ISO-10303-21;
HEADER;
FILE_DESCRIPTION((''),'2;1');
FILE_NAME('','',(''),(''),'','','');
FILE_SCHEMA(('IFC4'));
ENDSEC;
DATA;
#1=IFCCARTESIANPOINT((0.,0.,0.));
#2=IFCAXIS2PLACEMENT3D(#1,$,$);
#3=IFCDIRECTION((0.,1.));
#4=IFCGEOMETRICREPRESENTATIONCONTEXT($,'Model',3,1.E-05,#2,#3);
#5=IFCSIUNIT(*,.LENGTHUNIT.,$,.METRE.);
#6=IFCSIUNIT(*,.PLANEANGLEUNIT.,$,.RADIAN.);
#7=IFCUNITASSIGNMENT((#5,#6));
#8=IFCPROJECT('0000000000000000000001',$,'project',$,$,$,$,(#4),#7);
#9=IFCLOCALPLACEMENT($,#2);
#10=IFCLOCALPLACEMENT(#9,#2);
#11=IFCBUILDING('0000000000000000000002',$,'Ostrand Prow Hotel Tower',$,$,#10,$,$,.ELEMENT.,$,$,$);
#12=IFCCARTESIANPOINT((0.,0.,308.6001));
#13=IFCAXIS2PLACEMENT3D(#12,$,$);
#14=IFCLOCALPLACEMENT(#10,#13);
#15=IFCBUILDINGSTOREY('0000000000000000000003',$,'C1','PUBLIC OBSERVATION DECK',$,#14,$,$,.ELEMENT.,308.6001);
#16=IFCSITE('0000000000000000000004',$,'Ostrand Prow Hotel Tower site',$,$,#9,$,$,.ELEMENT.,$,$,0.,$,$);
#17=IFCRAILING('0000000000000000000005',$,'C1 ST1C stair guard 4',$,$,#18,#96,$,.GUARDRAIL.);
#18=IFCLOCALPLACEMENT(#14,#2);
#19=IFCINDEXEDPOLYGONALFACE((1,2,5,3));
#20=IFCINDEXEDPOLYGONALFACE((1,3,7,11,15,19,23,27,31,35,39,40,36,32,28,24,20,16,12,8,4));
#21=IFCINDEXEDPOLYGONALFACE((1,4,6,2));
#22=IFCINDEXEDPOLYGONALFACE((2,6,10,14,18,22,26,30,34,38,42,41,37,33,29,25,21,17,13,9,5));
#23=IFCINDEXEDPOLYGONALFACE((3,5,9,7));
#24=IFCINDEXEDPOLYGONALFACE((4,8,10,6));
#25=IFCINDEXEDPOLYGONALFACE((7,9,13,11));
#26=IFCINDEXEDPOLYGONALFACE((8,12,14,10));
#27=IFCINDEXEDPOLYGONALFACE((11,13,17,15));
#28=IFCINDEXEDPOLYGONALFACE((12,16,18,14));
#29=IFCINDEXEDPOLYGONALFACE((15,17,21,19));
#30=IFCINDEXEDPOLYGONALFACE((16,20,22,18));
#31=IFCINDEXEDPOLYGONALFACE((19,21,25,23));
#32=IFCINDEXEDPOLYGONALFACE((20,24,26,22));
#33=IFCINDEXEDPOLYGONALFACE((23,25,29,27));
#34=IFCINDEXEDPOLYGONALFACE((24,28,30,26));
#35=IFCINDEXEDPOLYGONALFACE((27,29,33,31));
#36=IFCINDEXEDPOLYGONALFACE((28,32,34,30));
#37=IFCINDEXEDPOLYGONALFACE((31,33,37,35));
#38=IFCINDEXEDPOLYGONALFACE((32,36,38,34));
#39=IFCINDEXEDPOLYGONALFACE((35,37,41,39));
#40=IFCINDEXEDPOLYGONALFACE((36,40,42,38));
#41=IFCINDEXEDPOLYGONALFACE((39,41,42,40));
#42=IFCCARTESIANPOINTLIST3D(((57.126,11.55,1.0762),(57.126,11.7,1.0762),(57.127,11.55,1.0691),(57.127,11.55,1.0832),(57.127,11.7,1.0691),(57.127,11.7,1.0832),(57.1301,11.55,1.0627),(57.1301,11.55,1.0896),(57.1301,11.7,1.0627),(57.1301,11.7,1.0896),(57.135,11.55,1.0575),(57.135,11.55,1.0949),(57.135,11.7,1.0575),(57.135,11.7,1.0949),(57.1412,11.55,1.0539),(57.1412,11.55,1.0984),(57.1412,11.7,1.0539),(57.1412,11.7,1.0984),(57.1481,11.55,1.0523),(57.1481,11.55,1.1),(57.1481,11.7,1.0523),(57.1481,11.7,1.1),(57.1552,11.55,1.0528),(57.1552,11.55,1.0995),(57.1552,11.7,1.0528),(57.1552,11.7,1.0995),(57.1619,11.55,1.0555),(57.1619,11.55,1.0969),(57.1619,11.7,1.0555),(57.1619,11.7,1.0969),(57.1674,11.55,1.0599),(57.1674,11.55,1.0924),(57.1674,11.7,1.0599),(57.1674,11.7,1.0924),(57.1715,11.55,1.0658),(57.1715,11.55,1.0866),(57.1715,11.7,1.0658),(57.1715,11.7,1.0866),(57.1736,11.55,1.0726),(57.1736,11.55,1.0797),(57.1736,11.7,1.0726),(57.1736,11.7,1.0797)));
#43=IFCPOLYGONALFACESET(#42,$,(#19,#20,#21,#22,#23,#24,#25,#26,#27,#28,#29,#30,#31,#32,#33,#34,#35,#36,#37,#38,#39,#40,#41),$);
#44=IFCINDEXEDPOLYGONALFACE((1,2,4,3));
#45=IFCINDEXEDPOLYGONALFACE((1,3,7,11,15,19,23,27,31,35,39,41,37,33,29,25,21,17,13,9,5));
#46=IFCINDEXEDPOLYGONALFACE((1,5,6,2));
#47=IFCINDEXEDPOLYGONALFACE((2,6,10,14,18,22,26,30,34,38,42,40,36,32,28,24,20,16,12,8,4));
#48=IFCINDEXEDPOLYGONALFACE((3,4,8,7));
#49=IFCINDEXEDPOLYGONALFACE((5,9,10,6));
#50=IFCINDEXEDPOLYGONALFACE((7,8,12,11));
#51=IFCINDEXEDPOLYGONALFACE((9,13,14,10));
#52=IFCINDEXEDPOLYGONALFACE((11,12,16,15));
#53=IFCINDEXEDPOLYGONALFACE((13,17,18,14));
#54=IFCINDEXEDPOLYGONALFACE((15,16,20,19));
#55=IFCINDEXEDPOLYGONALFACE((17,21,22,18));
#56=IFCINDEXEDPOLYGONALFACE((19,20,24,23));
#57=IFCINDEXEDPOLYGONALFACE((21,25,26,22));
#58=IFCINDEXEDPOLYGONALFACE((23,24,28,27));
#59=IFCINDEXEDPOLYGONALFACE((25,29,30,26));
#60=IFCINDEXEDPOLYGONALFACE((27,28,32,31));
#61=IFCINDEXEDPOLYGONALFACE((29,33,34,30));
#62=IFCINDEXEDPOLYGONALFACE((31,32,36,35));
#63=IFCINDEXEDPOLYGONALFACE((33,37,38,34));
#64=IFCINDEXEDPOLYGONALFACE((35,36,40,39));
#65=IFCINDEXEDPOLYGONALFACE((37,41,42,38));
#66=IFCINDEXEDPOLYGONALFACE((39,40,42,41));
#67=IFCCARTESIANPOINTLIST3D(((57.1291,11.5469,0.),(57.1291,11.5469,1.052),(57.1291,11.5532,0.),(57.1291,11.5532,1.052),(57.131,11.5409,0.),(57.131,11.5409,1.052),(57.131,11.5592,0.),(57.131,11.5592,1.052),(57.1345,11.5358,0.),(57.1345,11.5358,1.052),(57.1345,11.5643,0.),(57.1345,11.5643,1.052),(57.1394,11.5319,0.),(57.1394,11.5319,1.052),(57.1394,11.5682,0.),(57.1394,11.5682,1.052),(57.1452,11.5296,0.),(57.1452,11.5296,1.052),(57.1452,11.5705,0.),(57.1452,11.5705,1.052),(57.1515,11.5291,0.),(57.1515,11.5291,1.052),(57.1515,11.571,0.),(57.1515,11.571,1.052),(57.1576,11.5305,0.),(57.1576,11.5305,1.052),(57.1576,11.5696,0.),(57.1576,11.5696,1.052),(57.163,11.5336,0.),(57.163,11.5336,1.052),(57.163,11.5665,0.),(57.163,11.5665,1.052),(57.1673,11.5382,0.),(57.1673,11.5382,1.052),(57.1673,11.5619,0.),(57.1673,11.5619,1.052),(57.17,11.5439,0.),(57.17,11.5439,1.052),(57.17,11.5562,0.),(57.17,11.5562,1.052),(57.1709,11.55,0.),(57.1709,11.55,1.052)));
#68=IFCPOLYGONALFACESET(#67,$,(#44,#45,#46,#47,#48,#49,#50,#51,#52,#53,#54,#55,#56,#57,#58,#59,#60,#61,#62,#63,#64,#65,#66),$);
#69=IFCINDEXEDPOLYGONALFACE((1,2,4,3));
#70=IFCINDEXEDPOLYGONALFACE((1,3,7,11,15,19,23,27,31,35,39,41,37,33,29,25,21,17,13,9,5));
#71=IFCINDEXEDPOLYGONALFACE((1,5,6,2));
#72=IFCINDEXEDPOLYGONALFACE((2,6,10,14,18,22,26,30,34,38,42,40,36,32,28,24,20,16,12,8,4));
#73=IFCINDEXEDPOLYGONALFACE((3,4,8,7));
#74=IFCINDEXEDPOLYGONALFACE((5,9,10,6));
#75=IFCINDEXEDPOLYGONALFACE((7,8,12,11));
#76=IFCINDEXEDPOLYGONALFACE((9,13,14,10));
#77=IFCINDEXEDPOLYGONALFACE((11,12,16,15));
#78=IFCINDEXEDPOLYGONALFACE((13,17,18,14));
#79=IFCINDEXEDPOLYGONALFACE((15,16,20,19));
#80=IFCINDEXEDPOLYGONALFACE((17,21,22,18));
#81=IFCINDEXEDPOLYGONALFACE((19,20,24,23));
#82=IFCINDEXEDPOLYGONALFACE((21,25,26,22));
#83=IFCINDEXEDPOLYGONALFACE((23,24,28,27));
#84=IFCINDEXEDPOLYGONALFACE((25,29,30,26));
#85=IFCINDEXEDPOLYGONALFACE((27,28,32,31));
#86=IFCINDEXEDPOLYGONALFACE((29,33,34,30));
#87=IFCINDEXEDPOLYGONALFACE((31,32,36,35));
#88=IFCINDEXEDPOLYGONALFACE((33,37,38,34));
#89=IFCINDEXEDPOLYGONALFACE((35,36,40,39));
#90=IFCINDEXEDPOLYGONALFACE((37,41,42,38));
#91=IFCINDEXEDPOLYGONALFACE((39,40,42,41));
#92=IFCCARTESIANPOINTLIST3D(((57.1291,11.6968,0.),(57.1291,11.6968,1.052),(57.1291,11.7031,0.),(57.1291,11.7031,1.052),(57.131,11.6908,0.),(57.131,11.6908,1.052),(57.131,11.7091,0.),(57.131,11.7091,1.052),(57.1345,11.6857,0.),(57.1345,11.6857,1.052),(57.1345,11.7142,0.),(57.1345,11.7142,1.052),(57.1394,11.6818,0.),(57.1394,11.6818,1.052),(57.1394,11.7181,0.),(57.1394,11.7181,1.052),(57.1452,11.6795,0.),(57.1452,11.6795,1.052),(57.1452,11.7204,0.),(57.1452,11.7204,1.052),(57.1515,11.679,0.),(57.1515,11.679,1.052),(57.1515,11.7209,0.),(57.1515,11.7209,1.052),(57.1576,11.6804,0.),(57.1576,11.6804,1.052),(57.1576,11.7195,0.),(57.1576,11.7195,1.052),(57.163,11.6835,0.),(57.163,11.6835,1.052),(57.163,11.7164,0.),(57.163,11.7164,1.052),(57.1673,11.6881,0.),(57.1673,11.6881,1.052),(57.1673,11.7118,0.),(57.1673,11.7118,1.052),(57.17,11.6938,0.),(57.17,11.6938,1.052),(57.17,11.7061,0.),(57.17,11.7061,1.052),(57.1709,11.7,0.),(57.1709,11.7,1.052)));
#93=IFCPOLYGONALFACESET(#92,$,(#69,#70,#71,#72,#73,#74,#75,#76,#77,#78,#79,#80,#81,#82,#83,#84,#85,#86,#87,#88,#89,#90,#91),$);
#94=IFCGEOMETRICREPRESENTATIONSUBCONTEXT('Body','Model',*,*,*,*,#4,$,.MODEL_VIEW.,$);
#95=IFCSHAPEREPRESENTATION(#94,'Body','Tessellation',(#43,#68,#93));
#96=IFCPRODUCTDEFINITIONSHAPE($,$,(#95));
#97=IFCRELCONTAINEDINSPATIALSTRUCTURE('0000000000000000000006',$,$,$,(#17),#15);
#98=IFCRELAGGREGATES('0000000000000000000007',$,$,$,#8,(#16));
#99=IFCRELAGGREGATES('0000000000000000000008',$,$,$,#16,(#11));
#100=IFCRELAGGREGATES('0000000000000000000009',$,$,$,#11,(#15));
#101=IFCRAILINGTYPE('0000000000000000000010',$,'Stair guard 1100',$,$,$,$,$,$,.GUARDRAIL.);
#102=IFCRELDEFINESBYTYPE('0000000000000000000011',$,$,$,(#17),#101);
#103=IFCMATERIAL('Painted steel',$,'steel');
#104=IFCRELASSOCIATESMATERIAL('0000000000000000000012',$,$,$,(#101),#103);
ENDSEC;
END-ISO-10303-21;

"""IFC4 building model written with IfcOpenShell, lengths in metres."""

from ifc_helpers import new_model, si_unit, direction, frame, origin, origin_2d, place, context, subcontext, project, spatial, circle, extrude, material, type_object, element, save


model = new_model("IFC4")

# Units and contexts
model_context = context("Model", 3, precision=1e-05, world=origin(), true_north=direction((0.0, 1.0)))
body_context = subcontext(model_context, "Body", "Model", "MODEL_VIEW")
ifc_project = project(units=[si_unit("LENGTHUNIT", "METRE"), si_unit("PLANEANGLEUNIT", "RADIAN")], contexts=[model_context])

# Site, building, storey
site_placement = place(None, origin())
site = spatial("IfcSite", under=ifc_project, at=site_placement, Name="Ostrand Prow Hotel Tower site", CompositionType="ELEMENT", RefElevation=0.0)
building_placement = place(site_placement, origin())
building = spatial("IfcBuilding", under=site, at=building_placement, Name="Ostrand Prow Hotel Tower", CompositionType="ELEMENT")
storey_placement = place(building_placement, frame((0.0, 0.0, 308.6001)))
storey = spatial("IfcBuildingStorey", under=building, at=storey_placement, Name="C1", Description="PUBLIC OBSERVATION DECK", CompositionType="ELEMENT", Elevation=308.6001)

# Railing
ifc_material_1 = material(Name="Painted steel", Category="steel")
railing_type_1 = type_object("IfcRailingType", Name="Stair guard 1100", PredefinedType="GUARDRAIL", material=ifc_material_1)
railing_1_placement = place(storey_placement, frame((57.1499, 11.55, 0.0)))
element("IfcRailing", 1, at=railing_1_placement, inside=storey, type_object=railing_type_1, Name="C1 ST1C stair guard 4", PredefinedType="GUARDRAIL", context=body_context, shape_type="SweptSolid", body=[
    extrude(circle(Radius=0.0239, at=origin_2d()), frame((0.0, 0.0, 1.0762), z_axis=(0.0, 1.0, 0.0), x_axis=(-1.0, 0.0, 0.0)), (0.0, 0.0, 1.0), 0.1499),
    extrude(circle(Radius=0.021, at=origin_2d()), origin(), (0.0, 0.0, 1.0), 1.052),
    extrude(circle(Radius=0.021, at=origin_2d()), frame((0.0, 0.1499, 0.0)), (0.0, 0.0, 1.0), 1.052),
])

save(model, "model.ifc")
